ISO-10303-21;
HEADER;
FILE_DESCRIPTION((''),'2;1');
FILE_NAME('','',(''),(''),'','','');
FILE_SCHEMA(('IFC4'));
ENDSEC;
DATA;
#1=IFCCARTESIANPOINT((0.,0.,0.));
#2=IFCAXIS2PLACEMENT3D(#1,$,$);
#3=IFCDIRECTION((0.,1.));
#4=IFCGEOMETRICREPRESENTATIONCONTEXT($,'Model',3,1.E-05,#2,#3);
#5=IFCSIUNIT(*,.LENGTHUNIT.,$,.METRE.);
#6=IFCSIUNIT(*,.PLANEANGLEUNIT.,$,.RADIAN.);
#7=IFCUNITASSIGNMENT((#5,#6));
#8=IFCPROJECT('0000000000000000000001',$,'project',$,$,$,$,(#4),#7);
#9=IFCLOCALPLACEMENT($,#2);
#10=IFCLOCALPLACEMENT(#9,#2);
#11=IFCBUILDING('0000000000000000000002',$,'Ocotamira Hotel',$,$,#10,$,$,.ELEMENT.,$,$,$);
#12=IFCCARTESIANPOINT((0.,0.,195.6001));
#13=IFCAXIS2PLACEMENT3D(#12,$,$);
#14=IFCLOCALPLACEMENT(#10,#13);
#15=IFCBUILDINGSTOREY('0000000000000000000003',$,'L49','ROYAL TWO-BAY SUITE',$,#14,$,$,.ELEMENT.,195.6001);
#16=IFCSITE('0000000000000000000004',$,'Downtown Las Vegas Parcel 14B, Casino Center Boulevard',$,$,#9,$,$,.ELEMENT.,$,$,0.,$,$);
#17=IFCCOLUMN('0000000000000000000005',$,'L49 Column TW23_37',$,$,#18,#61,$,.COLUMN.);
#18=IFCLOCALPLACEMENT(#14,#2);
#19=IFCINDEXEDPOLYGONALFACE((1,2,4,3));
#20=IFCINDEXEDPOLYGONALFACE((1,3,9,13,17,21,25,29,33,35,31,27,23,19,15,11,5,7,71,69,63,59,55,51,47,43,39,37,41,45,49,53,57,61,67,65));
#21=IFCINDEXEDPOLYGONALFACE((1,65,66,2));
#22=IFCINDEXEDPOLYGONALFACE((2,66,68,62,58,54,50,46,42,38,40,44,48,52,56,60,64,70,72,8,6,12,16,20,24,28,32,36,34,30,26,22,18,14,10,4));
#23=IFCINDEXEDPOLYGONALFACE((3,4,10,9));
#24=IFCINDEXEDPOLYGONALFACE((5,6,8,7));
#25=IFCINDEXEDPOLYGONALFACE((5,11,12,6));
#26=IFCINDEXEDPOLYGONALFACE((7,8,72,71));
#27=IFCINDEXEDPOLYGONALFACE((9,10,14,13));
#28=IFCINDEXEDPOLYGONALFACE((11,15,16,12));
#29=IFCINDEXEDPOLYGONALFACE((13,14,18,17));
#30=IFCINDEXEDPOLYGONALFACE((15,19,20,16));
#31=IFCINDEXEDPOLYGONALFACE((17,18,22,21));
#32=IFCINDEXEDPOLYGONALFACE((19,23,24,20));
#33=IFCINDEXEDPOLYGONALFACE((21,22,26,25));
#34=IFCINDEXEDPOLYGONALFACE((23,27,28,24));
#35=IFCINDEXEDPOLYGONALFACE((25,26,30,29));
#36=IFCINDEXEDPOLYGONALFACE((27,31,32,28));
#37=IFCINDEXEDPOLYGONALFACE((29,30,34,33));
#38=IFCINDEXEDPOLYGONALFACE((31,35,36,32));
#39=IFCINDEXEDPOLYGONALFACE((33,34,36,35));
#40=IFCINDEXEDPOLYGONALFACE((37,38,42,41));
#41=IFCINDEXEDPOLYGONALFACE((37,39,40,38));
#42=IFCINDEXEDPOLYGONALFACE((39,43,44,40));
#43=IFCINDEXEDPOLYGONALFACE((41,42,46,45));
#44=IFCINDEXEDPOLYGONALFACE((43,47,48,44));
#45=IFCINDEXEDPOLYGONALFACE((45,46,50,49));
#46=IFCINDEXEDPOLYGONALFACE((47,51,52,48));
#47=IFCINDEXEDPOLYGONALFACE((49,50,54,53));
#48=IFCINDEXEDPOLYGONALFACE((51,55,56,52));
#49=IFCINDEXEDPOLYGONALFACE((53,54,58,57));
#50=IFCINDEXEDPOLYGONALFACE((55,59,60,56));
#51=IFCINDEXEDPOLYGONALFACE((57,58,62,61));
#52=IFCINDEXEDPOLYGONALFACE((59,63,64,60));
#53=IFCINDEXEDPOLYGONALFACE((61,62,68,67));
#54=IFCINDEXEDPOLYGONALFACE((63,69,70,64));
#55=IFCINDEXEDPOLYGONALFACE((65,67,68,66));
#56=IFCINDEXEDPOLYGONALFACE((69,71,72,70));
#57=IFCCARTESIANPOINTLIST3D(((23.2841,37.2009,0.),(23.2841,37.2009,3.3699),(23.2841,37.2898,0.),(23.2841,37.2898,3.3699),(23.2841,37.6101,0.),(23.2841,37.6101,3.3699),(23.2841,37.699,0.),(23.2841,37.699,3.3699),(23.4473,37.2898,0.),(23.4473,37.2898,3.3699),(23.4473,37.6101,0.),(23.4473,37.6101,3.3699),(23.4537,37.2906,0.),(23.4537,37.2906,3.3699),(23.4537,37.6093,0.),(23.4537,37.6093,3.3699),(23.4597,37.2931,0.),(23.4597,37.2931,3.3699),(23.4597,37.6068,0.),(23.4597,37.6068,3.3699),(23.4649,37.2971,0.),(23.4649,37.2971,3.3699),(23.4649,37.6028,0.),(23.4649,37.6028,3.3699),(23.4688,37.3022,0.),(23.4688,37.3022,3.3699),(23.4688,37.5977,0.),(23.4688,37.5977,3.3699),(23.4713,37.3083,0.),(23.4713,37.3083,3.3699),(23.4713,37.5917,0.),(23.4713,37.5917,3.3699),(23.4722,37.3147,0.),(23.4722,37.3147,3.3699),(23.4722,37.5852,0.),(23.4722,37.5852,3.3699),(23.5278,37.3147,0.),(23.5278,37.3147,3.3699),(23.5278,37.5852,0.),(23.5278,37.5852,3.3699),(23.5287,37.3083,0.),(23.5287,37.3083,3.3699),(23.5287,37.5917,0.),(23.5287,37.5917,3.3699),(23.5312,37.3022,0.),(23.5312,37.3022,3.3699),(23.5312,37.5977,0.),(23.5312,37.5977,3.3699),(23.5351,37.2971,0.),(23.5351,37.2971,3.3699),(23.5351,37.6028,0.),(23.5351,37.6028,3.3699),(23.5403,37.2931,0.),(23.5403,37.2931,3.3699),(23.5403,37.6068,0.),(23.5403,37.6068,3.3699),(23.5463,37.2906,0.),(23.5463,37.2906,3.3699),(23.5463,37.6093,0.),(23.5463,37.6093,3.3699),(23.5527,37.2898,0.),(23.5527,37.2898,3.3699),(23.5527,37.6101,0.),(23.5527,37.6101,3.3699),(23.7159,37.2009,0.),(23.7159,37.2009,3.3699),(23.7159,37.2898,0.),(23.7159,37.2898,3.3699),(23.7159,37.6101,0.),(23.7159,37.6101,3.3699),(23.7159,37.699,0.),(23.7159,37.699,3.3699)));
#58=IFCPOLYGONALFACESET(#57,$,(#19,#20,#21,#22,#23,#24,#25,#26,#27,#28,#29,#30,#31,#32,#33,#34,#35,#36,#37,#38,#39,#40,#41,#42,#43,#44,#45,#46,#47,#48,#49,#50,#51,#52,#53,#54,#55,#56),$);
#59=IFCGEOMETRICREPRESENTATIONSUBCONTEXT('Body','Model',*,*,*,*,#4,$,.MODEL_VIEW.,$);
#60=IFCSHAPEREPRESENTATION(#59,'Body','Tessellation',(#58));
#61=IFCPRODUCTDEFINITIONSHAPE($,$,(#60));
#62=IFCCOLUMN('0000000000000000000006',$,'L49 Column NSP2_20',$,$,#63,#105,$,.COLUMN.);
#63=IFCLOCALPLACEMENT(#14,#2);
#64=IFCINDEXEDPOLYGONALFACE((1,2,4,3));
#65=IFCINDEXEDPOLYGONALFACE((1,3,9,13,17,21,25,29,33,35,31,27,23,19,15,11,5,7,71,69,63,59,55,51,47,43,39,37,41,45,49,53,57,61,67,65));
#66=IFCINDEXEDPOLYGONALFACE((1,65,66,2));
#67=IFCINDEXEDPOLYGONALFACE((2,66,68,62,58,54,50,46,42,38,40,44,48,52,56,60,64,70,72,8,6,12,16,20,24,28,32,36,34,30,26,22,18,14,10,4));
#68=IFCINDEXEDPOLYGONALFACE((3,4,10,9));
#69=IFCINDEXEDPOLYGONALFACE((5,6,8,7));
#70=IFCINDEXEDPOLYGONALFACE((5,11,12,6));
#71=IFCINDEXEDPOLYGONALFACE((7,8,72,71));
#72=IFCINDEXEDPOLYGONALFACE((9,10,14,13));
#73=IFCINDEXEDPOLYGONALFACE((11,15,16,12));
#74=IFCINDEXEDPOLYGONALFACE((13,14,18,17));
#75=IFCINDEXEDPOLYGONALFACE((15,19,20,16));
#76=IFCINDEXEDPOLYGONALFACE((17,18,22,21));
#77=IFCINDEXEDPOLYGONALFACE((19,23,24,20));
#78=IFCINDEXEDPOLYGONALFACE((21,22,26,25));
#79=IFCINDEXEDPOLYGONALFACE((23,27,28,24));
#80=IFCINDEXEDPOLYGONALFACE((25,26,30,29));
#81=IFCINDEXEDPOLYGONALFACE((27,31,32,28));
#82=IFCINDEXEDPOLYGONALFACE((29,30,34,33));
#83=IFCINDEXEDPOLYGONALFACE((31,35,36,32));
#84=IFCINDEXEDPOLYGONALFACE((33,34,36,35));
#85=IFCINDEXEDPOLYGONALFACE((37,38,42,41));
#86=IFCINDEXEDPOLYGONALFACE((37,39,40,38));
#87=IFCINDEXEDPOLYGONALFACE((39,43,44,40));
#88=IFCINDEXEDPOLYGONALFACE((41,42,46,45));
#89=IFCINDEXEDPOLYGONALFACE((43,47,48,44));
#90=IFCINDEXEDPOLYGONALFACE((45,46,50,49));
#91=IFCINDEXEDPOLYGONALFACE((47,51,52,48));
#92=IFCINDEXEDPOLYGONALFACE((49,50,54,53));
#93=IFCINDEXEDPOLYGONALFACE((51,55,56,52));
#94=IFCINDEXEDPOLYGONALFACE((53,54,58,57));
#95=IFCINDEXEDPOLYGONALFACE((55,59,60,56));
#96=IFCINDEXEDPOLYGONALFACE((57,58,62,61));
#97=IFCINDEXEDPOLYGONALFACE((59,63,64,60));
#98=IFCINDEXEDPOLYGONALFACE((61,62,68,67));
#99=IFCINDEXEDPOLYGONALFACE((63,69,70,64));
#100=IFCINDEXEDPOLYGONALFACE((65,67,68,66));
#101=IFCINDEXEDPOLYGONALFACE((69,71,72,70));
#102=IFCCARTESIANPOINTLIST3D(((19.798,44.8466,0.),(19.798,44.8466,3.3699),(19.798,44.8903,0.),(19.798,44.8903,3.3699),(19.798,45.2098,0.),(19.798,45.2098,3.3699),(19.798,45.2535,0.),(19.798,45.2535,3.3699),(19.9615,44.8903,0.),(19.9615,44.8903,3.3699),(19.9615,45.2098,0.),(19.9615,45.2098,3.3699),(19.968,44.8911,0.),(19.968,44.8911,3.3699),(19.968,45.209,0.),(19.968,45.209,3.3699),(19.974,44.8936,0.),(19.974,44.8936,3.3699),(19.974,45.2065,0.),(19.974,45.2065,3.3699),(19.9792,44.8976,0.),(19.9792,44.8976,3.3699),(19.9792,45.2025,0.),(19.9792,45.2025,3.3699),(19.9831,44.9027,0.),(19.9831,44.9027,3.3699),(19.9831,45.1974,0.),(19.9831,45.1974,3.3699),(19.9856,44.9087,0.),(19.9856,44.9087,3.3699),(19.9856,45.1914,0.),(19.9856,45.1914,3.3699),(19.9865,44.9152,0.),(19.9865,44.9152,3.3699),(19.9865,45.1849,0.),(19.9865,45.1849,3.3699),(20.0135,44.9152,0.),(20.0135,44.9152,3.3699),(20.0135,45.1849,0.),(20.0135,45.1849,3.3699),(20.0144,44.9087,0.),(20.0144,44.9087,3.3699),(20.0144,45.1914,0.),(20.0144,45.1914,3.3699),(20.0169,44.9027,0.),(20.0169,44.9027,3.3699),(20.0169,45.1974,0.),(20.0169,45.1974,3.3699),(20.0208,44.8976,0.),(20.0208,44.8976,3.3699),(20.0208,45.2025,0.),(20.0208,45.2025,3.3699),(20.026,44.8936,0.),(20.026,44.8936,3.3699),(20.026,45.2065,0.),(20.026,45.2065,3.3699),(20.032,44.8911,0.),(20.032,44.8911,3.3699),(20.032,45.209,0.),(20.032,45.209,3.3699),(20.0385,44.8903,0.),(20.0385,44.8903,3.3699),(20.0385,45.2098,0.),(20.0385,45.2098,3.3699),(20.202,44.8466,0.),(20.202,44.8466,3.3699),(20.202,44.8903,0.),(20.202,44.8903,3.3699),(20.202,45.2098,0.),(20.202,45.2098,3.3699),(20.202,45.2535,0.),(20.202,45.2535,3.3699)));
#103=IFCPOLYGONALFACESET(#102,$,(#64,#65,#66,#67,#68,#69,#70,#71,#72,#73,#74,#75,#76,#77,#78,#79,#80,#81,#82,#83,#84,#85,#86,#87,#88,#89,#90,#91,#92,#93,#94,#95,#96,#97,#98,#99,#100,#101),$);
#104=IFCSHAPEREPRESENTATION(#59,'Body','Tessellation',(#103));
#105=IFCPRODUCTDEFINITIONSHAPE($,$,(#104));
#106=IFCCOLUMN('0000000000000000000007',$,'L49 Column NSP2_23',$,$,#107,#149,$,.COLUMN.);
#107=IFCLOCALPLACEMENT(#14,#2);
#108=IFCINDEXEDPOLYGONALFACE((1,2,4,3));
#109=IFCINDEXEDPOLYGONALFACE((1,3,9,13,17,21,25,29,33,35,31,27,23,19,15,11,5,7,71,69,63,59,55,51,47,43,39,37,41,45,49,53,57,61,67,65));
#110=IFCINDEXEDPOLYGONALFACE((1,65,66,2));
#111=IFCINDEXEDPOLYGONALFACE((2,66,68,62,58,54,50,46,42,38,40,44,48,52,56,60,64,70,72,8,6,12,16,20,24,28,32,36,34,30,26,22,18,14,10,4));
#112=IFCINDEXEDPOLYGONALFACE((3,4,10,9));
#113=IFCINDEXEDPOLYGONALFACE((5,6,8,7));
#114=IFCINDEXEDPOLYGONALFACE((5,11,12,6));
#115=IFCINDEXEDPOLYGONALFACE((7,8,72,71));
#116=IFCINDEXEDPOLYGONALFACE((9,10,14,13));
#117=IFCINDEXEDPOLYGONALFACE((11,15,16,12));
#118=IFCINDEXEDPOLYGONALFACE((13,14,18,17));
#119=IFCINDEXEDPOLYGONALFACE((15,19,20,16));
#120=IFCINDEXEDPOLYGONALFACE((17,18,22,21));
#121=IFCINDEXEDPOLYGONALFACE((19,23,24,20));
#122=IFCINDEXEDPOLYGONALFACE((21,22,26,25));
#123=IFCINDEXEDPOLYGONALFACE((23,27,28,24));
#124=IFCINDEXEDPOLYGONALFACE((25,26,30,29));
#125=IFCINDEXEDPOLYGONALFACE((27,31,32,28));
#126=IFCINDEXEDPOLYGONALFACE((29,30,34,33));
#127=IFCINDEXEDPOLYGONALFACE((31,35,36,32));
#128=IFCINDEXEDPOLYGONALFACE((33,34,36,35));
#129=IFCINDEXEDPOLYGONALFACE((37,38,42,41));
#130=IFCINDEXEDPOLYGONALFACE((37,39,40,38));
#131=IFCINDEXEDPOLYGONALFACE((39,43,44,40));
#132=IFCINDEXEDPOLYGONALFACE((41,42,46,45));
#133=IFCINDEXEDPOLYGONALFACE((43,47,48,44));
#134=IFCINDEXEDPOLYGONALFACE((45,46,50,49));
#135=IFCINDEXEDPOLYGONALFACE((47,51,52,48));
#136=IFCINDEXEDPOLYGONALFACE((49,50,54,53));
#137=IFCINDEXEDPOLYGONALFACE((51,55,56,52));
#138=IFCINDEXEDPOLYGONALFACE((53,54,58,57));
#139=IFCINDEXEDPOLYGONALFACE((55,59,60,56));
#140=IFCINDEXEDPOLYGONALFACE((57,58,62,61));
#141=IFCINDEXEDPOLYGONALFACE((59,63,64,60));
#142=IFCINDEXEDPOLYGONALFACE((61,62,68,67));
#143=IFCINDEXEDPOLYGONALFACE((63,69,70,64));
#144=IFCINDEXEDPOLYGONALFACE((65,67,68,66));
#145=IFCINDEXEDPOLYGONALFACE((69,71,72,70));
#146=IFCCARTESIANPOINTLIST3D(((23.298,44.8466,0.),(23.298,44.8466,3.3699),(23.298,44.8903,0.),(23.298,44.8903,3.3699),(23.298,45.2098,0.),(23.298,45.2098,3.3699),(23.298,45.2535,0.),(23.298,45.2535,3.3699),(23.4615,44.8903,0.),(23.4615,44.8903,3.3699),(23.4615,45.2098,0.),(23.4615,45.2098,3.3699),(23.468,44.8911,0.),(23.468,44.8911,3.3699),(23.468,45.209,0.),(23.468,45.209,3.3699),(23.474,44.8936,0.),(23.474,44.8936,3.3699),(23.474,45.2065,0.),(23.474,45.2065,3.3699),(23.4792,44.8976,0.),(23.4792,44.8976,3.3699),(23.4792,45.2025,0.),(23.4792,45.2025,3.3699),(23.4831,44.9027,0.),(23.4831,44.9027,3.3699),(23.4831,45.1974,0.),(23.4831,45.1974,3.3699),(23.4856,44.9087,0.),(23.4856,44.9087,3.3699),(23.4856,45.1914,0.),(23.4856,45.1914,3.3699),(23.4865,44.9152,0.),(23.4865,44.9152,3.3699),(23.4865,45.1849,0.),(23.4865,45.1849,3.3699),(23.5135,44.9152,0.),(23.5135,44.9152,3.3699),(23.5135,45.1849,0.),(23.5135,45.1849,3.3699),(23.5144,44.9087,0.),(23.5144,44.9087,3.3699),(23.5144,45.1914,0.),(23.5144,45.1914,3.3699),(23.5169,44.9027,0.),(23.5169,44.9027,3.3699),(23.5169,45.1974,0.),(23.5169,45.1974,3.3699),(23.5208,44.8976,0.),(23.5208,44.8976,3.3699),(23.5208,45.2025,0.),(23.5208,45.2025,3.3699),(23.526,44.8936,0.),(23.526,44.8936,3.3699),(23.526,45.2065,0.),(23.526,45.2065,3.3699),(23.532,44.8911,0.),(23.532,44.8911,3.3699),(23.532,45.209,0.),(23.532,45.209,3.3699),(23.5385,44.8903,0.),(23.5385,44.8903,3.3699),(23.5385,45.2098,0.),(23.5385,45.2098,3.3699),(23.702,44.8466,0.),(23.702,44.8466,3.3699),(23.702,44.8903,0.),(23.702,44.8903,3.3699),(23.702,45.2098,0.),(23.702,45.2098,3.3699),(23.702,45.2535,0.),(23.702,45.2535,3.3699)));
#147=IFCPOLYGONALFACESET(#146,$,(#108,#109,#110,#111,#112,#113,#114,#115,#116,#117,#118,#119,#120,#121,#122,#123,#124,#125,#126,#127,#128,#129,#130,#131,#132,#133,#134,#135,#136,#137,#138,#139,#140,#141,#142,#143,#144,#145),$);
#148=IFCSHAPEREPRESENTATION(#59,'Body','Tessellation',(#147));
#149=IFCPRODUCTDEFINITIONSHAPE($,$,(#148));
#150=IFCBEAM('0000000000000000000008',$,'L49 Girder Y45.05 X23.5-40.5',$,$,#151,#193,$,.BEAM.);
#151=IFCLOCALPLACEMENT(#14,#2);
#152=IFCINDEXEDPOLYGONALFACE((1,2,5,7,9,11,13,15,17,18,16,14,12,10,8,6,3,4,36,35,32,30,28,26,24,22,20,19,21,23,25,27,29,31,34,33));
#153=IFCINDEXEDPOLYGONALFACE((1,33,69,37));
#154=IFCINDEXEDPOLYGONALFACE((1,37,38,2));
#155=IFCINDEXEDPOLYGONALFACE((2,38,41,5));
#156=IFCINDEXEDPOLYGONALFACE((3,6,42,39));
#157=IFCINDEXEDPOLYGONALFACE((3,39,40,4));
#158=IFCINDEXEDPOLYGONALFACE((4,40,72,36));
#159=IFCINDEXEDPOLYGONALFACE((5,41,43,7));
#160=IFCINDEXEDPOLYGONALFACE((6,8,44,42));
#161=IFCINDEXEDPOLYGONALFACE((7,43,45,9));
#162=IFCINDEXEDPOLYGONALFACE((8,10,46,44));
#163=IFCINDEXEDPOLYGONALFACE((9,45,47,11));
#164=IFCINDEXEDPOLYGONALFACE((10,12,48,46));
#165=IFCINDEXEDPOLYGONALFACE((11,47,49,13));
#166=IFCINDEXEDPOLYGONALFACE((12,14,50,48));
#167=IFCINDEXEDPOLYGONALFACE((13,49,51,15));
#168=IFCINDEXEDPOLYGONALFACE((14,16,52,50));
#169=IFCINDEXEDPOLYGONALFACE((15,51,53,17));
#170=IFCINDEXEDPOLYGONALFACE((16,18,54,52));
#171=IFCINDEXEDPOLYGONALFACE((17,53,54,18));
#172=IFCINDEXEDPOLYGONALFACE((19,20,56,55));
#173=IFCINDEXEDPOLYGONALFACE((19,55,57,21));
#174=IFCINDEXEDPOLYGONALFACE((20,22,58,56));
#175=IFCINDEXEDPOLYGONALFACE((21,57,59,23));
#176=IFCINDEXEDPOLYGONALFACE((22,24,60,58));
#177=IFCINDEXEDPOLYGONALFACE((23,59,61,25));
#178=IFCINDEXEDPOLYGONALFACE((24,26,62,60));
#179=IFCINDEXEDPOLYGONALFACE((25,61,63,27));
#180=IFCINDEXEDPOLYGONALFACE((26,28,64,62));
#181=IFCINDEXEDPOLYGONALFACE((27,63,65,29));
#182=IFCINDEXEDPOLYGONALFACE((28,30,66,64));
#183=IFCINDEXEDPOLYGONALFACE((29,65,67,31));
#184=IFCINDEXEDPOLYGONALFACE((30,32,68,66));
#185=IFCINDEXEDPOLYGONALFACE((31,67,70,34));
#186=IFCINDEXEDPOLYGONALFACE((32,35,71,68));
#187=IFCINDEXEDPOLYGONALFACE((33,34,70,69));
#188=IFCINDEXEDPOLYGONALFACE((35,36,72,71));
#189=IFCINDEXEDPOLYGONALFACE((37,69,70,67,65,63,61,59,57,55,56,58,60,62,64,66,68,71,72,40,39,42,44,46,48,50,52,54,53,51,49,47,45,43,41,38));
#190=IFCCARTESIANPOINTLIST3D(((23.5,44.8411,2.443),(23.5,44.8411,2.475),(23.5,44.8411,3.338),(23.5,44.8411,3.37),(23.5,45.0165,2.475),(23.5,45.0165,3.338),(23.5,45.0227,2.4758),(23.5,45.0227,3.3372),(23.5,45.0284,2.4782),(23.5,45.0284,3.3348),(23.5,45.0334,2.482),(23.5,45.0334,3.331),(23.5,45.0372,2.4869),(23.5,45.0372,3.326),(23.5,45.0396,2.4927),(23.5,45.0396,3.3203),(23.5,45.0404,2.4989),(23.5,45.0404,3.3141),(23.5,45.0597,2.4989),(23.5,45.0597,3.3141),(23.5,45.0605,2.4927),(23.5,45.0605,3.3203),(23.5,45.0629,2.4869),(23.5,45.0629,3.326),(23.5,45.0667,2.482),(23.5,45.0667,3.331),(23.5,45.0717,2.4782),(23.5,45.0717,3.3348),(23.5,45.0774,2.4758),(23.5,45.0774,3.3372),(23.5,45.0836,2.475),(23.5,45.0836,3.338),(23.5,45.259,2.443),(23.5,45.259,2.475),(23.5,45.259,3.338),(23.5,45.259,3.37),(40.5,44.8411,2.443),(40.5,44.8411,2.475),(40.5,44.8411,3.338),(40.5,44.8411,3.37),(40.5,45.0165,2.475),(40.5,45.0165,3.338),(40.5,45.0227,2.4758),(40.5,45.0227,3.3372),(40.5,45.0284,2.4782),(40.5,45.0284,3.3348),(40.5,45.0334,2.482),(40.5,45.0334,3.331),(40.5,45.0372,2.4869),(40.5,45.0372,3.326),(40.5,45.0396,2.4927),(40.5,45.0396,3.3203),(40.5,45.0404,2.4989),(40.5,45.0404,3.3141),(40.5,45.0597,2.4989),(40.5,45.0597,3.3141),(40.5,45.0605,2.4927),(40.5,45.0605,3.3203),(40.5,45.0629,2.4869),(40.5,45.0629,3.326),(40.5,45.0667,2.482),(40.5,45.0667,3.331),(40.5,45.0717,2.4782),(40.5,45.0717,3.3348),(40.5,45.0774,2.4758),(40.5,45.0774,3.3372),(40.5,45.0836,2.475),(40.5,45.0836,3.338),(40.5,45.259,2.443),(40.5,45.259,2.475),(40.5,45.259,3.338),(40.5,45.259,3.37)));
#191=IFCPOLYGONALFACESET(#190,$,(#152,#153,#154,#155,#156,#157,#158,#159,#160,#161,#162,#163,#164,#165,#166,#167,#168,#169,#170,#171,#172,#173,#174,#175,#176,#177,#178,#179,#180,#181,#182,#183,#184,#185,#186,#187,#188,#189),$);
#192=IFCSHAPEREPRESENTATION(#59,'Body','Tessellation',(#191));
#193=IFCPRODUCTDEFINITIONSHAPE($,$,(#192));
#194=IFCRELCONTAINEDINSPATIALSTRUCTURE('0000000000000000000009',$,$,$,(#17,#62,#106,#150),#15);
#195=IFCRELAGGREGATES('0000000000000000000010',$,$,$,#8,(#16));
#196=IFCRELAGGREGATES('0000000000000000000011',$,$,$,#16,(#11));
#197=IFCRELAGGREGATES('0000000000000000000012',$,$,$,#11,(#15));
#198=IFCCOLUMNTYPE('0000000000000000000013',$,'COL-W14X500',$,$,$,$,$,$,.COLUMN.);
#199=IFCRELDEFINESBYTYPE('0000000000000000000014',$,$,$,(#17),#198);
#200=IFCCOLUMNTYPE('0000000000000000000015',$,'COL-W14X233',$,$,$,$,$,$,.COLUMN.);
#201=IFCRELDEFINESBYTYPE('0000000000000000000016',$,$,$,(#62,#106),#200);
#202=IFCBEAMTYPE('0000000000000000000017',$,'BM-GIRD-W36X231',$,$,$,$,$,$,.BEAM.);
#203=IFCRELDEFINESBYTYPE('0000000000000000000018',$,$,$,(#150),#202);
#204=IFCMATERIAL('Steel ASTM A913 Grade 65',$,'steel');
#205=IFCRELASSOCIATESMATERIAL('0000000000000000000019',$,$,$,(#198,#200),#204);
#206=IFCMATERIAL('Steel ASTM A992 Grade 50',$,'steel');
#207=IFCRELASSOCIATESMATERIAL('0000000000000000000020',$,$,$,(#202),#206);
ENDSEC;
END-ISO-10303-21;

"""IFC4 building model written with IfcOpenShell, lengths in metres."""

from ifc_helpers import new_model, si_unit, direction, frame, origin, origin_2d, place, context, subcontext, project, spatial, i_section, extrude, source, transform, mapped, material, material_profile, profile_set, type_object, element, save


model = new_model("IFC4")

# Units and contexts
model_context = context("Model", 3, precision=1e-05, world=origin(), true_north=direction((0.0, 1.0)))
body_context = subcontext(model_context, "Body", "Model", "MODEL_VIEW")
ifc_project = project(units=[si_unit("LENGTHUNIT", "METRE"), si_unit("PLANEANGLEUNIT", "RADIAN")], contexts=[model_context])

# Site, building, storey
site_placement = place(None, origin())
site = spatial("IfcSite", under=ifc_project, at=site_placement, Name="Downtown Las Vegas Parcel 14B, Casino Center Boulevard", CompositionType="ELEMENT", RefElevation=0.0)
building_placement = place(site_placement, origin())
building = spatial("IfcBuilding", under=site, at=building_placement, Name="Ocotamira Hotel", CompositionType="ELEMENT")
storey_placement = place(building_placement, frame((0.0, 0.0, 195.6001)))
storey = spatial("IfcBuildingStorey", under=building, at=storey_placement, Name="L49", Description="ROYAL TWO-BAY SUITE", CompositionType="ELEMENT", Elevation=195.6001)

# Columns
ifc_material_1 = material(Name="Steel ASTM A913 Grade 65", Category="steel")
ifc_material_profile_1 = material_profile(ifc_material_1, i_section(OverallWidth=0.4319, OverallDepth=0.498, WebThickness=0.0557, FlangeThickness=0.0889, FilletRadius=0.0249, at=origin_2d()), Name="W14X500")
ifc_profile_set_1 = profile_set([ifc_material_profile_1], Name="Steel ASTM A913 Grade 65")
column_type_1 = type_object("IfcColumnType", Name="COL-W14X500", PredefinedType="COLUMN", material=ifc_profile_set_1)
shared_shape_1 = source(origin(), body_context, "Body", "SweptSolid", [
    extrude(i_section(OverallWidth=0.4319, OverallDepth=0.498, WebThickness=0.0557, FlangeThickness=0.0889, FilletRadius=0.0249, at=origin_2d()), origin(), (0.0, 0.0, 1.0), 3.3699),
])
column_placement = place(storey_placement, frame((23.5, 37.45, 0.0), z_axis=(0.0, 0.0, 1.0), x_axis=(1.0, 0.0, 0.0)))
element("IfcColumn", 1, at=column_placement, inside=storey, type_object=column_type_1, Name="L49 Column TW23_37", PredefinedType="COLUMN", context=body_context, shape_type="MappedRepresentation", body=[
    mapped(shared_shape_1, transform((0.0, 0.0, 0.0), scale=1.0)),
])
ifc_material_profile_2 = material_profile(ifc_material_1, i_section(OverallWidth=0.4041, OverallDepth=0.407, WebThickness=0.0271, FlangeThickness=0.0437, FilletRadius=0.0249, at=origin_2d()), Name="W14X233")
ifc_profile_set_2 = profile_set([ifc_material_profile_2], Name="Steel ASTM A913 Grade 65")
column_type_2 = type_object("IfcColumnType", Name="COL-W14X233", PredefinedType="COLUMN", material=ifc_profile_set_2)
shared_shape_2 = source(origin(), body_context, "Body", "SweptSolid", [
    extrude(i_section(OverallWidth=0.4041, OverallDepth=0.407, WebThickness=0.0271, FlangeThickness=0.0437, FilletRadius=0.0249, at=origin_2d()), origin(), (0.0, 0.0, 1.0), 3.3699),
])
for number, where, z_axis, x_axis, name in (
    (2, (20.0, 45.05, 0.0), (0.0, 0.0, 1.0), (1.0, 0.0, 0.0), "L49 Column NSP2_20"),
    (3, (23.5, 45.05, 0.0), (0.0, 0.0, 1.0), (1.0, 0.0, 0.0), "L49 Column NSP2_23"),
):
    element("IfcColumn", number, at=place(storey_placement, frame(where, z_axis=z_axis, x_axis=x_axis)), inside=storey, type_object=column_type_2, Name=name, PredefinedType="COLUMN", context=body_context, shape_type="MappedRepresentation", body=[
        mapped(shared_shape_2, transform((0.0, 0.0, 0.0), scale=1.0)),
    ])

# Beam
ifc_material_2 = material(Name="Steel ASTM A992 Grade 50", Category="steel")
ifc_material_profile_3 = material_profile(ifc_material_2, i_section(OverallWidth=0.418, OverallDepth=0.927, WebThickness=0.0193, FlangeThickness=0.032, FilletRadius=0.0239, at=origin_2d()), Name="W36X231")
ifc_profile_set_3 = profile_set([ifc_material_profile_3], Name="Steel ASTM A992 Grade 50")
beam_type_1 = type_object("IfcBeamType", Name="BM-GIRD-W36X231", PredefinedType="BEAM", material=ifc_profile_set_3)
shared_shape_3 = source(origin(), body_context, "Body", "SweptSolid", [
    extrude(i_section(OverallWidth=0.418, OverallDepth=0.927, WebThickness=0.0193, FlangeThickness=0.032, FilletRadius=0.0239, at=origin_2d()), origin(), (0.0, 0.0, 1.0), 17.0),
])
beam_1_placement = place(storey_placement, frame((23.5, 45.05, 2.9065), z_axis=(1.0, 0.0, 0.0), x_axis=(0.0, 1.0, 0.0)))
element("IfcBeam", 4, at=beam_1_placement, inside=storey, type_object=beam_type_1, Name="L49 Girder Y45.05 X23.5-40.5", PredefinedType="BEAM", context=body_context, shape_type="MappedRepresentation", body=[
    mapped(shared_shape_3, transform((0.0, 0.0, 0.0), scale=1.0)),
])

save(model, "model.ifc")
